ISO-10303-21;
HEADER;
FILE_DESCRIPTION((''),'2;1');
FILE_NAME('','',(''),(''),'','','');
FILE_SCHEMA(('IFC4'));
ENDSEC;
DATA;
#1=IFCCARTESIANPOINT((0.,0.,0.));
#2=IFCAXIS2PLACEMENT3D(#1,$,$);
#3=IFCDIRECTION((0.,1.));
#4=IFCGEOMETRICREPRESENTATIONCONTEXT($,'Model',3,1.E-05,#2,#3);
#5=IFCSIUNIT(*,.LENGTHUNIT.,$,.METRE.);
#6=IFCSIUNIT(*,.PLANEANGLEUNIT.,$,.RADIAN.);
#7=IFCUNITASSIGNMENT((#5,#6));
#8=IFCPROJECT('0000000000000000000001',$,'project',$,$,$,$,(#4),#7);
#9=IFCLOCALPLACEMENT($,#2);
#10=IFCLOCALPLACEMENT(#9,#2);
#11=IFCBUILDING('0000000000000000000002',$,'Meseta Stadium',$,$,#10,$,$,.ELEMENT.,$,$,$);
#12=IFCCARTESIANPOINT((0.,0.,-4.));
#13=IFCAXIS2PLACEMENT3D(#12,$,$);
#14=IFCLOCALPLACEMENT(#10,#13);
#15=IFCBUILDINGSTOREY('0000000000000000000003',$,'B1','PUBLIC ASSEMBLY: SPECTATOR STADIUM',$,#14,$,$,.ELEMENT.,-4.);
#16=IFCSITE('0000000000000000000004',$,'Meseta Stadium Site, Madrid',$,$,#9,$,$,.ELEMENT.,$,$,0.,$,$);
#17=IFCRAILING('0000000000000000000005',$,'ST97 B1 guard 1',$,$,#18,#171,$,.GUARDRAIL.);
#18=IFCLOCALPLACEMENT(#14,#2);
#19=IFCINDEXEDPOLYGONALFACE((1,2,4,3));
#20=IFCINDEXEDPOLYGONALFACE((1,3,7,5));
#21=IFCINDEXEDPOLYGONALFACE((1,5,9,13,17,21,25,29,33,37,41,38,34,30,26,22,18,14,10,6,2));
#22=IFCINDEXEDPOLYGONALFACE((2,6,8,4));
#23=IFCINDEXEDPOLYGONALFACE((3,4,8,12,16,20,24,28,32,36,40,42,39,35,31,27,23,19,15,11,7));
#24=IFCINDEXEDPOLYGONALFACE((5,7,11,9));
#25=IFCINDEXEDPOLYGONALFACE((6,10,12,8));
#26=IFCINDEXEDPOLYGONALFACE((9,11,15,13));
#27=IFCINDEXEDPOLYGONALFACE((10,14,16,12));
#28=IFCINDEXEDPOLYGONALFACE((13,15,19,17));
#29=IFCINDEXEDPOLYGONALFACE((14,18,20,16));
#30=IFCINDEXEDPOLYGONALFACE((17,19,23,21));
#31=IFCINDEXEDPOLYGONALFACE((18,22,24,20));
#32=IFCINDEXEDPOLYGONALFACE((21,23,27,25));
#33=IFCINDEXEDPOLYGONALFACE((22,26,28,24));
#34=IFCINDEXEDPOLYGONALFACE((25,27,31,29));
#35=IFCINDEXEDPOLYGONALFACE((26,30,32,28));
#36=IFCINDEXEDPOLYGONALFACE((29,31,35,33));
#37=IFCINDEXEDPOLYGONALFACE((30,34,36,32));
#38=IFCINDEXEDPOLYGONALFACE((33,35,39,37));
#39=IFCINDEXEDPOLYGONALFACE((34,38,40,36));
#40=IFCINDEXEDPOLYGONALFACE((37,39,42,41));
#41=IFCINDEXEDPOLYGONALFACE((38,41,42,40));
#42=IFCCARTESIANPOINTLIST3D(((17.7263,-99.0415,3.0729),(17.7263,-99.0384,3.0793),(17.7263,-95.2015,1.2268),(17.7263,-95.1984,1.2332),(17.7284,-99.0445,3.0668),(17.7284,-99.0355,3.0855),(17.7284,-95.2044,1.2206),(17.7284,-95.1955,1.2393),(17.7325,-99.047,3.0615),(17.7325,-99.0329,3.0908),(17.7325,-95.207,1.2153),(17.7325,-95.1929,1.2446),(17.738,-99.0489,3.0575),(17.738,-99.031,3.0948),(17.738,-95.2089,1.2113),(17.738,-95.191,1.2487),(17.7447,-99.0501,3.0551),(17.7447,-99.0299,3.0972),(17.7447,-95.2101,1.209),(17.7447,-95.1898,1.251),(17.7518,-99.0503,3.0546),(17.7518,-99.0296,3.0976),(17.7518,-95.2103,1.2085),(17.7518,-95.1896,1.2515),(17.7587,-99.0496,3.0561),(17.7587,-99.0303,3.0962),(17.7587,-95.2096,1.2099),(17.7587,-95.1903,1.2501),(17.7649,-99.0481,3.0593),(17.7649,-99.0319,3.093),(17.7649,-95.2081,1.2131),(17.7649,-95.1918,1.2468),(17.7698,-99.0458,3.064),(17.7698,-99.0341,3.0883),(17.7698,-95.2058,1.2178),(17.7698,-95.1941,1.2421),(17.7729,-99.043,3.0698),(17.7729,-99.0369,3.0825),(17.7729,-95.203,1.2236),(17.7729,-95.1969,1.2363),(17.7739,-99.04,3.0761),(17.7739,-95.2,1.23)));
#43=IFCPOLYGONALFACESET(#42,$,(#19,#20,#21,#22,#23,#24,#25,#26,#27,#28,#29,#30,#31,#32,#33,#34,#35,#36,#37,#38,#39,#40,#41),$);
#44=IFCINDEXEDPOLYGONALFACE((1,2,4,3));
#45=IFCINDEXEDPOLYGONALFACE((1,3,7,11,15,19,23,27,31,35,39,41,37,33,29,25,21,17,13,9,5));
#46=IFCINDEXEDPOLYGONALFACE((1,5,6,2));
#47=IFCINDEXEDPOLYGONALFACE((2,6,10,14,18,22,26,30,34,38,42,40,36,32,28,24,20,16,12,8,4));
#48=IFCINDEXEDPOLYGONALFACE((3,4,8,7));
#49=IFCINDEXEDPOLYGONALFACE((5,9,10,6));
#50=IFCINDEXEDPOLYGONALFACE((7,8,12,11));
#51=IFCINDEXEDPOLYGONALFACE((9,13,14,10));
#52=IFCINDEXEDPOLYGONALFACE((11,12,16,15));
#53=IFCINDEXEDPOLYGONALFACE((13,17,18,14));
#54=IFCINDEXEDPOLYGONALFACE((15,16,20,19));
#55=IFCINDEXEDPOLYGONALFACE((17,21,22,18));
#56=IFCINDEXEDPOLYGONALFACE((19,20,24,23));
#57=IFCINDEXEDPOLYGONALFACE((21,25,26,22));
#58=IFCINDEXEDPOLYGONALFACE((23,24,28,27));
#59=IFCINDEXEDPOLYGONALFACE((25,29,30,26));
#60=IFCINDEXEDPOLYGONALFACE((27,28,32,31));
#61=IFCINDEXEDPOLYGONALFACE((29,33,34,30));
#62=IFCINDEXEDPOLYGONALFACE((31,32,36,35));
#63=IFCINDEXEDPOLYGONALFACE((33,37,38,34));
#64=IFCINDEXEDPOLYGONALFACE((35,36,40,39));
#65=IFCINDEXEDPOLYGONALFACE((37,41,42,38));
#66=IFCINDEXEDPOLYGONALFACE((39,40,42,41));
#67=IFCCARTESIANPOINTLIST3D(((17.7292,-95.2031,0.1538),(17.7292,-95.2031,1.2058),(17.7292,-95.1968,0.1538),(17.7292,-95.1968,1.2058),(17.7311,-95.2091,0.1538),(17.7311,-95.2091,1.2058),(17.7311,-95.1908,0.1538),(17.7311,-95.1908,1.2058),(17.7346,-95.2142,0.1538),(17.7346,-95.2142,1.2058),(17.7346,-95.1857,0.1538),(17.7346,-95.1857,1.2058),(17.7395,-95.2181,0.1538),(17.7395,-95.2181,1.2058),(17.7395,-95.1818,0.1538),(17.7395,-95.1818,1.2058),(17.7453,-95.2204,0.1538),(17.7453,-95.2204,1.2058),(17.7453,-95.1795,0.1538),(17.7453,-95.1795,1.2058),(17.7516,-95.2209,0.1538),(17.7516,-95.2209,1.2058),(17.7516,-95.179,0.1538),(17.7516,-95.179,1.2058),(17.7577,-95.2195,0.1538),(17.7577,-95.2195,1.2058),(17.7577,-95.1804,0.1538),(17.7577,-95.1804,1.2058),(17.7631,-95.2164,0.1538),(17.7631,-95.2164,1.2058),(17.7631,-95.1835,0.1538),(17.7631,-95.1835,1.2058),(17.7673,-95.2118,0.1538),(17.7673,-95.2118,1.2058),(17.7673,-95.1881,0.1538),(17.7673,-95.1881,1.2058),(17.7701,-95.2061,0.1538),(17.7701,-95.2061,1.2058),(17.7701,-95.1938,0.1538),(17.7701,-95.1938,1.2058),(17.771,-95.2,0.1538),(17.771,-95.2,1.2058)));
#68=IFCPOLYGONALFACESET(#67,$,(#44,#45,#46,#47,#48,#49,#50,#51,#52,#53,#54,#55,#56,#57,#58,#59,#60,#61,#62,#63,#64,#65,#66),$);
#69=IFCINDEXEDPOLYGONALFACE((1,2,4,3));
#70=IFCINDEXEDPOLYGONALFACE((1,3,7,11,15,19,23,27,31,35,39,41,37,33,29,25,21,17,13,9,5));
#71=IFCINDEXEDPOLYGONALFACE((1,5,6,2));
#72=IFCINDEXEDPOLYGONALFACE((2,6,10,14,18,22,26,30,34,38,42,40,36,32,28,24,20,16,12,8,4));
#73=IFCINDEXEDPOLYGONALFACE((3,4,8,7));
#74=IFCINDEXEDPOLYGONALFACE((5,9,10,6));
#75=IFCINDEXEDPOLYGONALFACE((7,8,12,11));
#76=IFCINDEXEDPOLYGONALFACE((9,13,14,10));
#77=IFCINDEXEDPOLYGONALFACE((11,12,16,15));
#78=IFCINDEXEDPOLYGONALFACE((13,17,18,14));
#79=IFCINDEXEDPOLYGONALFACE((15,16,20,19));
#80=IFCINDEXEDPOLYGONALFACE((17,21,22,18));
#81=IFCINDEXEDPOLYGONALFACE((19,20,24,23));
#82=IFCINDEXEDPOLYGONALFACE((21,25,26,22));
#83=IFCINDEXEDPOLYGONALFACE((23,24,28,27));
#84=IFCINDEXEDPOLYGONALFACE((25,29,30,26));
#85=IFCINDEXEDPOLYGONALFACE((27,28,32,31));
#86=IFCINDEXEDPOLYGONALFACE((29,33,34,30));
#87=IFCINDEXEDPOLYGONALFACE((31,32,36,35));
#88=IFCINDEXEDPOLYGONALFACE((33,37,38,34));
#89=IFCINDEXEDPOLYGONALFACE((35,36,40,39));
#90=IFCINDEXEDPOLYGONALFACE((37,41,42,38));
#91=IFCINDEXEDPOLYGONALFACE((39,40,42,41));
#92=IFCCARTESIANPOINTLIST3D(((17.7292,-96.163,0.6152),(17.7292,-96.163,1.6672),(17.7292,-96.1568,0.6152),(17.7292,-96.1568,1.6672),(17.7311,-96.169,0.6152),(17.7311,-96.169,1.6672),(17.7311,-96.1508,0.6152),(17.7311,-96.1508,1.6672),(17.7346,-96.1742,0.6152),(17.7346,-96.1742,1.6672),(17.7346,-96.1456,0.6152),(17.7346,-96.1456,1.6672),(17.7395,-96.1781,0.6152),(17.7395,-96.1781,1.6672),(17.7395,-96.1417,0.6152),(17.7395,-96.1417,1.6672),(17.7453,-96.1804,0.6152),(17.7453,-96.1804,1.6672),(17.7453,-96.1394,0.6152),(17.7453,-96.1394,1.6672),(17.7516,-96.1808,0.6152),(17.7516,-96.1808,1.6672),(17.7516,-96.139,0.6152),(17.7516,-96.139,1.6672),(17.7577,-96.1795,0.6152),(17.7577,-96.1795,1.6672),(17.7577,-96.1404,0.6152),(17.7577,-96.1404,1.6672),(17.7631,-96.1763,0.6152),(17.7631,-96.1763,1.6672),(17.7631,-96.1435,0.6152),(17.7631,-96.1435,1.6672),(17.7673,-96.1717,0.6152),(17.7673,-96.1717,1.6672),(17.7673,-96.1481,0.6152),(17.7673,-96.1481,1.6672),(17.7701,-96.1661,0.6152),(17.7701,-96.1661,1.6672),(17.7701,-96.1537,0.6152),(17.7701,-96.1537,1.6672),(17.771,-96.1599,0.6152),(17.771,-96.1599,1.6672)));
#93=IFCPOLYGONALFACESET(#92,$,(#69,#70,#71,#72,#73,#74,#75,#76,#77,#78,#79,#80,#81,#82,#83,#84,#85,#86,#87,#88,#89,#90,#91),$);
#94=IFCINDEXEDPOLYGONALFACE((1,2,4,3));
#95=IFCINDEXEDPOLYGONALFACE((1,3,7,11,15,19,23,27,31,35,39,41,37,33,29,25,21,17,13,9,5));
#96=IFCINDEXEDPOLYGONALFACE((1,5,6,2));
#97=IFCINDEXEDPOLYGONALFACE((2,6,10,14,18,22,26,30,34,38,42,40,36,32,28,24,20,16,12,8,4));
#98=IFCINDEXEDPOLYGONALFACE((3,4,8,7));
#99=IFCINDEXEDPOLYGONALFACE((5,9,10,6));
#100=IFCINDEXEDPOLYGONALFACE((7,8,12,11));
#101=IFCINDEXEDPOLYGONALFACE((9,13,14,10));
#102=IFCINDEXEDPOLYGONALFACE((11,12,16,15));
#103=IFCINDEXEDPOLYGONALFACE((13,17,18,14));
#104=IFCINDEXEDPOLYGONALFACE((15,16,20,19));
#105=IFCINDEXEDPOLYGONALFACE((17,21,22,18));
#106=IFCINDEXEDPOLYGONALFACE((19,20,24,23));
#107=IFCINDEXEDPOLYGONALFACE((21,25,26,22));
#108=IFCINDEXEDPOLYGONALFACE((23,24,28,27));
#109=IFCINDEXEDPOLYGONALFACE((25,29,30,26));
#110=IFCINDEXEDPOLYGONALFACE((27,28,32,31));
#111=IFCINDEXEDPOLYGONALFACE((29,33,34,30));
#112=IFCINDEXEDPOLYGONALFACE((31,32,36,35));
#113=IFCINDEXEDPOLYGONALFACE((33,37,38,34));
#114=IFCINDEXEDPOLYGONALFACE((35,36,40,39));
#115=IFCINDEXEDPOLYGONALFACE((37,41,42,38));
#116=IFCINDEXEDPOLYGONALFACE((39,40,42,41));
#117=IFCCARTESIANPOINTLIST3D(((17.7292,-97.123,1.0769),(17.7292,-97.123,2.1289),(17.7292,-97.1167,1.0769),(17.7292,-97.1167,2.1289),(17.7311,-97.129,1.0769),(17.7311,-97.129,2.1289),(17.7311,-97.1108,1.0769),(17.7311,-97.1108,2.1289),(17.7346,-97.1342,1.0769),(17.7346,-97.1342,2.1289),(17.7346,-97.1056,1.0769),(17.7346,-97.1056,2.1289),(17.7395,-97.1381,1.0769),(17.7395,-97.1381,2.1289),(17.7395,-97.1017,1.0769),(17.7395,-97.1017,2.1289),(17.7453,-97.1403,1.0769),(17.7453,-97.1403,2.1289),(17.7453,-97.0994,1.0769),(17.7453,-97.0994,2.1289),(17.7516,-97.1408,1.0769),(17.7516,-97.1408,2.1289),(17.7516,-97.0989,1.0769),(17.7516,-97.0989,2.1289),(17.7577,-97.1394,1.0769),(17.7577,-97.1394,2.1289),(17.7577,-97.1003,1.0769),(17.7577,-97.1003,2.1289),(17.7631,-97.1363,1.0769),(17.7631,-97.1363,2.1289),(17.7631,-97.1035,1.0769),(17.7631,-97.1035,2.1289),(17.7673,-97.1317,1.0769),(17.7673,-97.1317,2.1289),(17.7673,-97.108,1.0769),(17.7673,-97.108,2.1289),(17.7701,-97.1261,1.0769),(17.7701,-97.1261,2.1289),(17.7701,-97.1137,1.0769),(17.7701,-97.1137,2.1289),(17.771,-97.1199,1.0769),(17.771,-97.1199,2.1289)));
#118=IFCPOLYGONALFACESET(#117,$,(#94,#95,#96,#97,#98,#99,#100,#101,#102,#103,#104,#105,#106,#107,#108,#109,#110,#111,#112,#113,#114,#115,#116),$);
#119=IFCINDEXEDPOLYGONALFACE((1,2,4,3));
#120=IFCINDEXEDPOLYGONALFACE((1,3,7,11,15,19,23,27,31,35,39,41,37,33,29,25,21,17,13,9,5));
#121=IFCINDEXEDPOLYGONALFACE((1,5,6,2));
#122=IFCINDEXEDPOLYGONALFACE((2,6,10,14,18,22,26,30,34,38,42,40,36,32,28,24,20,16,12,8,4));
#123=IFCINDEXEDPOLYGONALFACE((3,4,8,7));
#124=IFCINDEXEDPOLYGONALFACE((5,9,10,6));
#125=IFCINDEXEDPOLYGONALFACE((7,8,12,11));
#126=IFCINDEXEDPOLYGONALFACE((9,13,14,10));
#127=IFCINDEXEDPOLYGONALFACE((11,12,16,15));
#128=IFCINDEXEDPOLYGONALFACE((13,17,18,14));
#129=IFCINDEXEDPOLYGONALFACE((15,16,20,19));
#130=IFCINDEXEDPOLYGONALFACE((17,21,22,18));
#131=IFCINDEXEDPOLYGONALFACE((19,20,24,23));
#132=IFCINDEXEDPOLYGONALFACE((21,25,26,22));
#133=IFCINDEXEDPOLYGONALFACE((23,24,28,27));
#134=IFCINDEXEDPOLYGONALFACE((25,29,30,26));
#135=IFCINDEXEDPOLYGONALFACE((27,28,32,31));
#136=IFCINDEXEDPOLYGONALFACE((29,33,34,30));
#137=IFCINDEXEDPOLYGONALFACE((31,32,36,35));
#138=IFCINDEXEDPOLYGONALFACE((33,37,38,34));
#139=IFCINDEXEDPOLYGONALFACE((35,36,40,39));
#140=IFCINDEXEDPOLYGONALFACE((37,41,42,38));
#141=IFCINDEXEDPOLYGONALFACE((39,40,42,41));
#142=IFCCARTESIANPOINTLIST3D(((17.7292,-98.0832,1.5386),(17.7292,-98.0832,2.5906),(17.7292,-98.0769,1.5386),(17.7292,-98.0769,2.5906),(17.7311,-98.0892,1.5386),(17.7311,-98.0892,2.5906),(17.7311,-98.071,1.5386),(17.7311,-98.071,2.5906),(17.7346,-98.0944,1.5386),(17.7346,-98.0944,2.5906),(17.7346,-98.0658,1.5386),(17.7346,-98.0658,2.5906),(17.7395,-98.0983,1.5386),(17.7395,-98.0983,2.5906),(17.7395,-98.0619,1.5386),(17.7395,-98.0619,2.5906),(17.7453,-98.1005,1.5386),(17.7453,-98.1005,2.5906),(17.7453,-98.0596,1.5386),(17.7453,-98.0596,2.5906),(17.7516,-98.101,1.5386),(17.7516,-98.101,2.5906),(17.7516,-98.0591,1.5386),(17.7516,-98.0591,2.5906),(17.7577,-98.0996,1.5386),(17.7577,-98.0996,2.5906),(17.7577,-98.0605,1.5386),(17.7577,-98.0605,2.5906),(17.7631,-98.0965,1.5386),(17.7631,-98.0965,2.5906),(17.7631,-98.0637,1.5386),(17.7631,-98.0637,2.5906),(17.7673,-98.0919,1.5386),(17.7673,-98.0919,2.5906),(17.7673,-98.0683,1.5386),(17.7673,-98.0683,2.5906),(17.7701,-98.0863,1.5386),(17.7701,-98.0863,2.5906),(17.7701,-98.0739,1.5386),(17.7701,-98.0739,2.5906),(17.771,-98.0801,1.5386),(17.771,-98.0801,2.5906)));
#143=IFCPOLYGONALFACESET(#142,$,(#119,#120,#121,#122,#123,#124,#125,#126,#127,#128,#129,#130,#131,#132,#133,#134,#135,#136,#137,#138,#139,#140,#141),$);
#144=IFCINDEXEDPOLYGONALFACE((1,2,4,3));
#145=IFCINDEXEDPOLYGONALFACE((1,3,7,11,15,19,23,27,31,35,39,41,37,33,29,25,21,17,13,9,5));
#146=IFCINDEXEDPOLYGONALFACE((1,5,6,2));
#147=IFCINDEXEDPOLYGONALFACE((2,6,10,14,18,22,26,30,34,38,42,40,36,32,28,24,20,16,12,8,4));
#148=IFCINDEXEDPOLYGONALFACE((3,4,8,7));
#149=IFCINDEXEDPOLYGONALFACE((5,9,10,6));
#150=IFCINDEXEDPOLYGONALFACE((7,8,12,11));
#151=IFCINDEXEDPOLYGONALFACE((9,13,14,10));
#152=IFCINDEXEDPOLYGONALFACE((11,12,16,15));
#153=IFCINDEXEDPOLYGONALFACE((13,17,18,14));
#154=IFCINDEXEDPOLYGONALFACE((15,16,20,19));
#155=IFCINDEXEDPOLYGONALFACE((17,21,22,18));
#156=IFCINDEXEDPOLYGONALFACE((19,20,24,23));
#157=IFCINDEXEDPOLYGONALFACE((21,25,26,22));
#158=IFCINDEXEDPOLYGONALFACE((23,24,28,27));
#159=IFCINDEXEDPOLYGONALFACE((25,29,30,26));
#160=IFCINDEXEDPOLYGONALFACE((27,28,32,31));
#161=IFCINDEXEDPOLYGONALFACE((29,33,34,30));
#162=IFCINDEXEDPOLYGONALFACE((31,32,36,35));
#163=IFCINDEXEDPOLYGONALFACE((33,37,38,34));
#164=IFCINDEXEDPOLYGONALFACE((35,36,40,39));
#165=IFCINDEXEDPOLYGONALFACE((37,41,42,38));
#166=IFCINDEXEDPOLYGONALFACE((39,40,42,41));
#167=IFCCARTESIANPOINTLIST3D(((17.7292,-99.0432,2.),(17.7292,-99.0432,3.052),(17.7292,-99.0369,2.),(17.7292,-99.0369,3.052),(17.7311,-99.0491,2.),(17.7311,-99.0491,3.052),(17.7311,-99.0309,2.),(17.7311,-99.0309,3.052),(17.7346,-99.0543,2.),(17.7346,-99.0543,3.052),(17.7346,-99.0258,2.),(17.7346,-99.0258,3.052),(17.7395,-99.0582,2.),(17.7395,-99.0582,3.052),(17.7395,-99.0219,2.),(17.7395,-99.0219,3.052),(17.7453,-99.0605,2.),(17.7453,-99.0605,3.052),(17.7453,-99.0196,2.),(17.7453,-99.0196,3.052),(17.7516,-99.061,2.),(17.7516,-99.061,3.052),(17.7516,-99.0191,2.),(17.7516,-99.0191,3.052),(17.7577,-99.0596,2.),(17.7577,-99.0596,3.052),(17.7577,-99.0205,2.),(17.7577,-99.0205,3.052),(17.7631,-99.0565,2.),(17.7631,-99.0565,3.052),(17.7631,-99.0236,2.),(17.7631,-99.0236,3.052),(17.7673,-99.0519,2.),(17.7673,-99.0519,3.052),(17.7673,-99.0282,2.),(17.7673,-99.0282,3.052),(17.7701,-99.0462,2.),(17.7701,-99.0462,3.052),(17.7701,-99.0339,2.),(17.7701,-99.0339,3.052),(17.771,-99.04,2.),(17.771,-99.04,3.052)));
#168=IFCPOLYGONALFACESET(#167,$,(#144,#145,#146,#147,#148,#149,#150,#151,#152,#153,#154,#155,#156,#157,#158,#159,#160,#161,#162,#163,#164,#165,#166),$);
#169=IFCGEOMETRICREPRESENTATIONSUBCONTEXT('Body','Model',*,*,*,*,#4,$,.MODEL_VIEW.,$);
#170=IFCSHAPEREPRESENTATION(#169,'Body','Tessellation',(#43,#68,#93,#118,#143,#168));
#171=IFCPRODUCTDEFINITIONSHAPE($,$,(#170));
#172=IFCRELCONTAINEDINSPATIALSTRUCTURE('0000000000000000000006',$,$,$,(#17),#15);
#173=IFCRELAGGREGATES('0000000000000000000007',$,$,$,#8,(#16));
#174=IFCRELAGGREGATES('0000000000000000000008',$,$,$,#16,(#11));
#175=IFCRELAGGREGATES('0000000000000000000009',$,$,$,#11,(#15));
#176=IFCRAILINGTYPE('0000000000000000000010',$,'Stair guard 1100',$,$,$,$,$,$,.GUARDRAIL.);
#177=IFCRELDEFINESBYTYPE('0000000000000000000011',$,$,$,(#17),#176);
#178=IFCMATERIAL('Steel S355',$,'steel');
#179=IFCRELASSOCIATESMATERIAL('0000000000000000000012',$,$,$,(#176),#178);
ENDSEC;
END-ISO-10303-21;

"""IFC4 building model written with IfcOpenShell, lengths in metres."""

from ifc_helpers import new_model, si_unit, direction, frame, origin, origin_2d, place, context, subcontext, project, spatial, circle, extrude, material, type_object, element, save


model = new_model("IFC4")

# Units and contexts
model_context = context("Model", 3, precision=1e-05, world=origin(), true_north=direction((0.0, 1.0)))
body_context = subcontext(model_context, "Body", "Model", "MODEL_VIEW")
ifc_project = project(units=[si_unit("LENGTHUNIT", "METRE"), si_unit("PLANEANGLEUNIT", "RADIAN")], contexts=[model_context])

# Site, building, storey
site_placement = place(None, origin())
site = spatial("IfcSite", under=ifc_project, at=site_placement, Name="Meseta Stadium Site, Madrid", CompositionType="ELEMENT", RefElevation=0.0)
building_placement = place(site_placement, origin())
building = spatial("IfcBuilding", under=site, at=building_placement, Name="Meseta Stadium", CompositionType="ELEMENT")
storey_placement = place(building_placement, frame((0.0, 0.0, -4.0)))
storey = spatial("IfcBuildingStorey", under=building, at=storey_placement, Name="B1", Description="PUBLIC ASSEMBLY: SPECTATOR STADIUM", CompositionType="ELEMENT", Elevation=-4.0)

# Railing
ifc_material_1 = material(Name="Steel S355", Category="steel")
railing_type_1 = type_object("IfcRailingType", Name="Stair guard 1100", PredefinedType="GUARDRAIL", material=ifc_material_1)
railing_1_placement = place(storey_placement, frame((17.75, -95.2, 0.1538)))
element("IfcRailing", 1, at=railing_1_placement, inside=storey, type_object=railing_type_1, Name="ST97 B1 guard 1", PredefinedType="GUARDRAIL", context=body_context, shape_type="SweptSolid", body=[
    extrude(circle(Radius=0.0239, at=origin_2d()), frame((0.0, 0.0, 1.0762), z_axis=(0.0, -0.901253, 0.433294), x_axis=(1.0, 0.0, 0.0)), (0.0, 0.0, 1.0), 4.2607),
    extrude(circle(Radius=0.021, at=origin_2d()), origin(), (0.0, 0.0, 1.0), 1.052),
    extrude(circle(Radius=0.021, at=origin_2d()), frame((0.0, -0.96, 0.4614)), (0.0, 0.0, 1.0), 1.052),
    extrude(circle(Radius=0.021, at=origin_2d()), frame((0.0, -1.9199, 0.9231)), (0.0, 0.0, 1.0), 1.052),
    extrude(circle(Radius=0.021, at=origin_2d()), frame((0.0, -2.8801, 1.3848)), (0.0, 0.0, 1.0), 1.052),
    extrude(circle(Radius=0.021, at=origin_2d()), frame((0.0, -3.8401, 1.8462)), (0.0, 0.0, 1.0), 1.052),
])

save(model, "model.ifc")
